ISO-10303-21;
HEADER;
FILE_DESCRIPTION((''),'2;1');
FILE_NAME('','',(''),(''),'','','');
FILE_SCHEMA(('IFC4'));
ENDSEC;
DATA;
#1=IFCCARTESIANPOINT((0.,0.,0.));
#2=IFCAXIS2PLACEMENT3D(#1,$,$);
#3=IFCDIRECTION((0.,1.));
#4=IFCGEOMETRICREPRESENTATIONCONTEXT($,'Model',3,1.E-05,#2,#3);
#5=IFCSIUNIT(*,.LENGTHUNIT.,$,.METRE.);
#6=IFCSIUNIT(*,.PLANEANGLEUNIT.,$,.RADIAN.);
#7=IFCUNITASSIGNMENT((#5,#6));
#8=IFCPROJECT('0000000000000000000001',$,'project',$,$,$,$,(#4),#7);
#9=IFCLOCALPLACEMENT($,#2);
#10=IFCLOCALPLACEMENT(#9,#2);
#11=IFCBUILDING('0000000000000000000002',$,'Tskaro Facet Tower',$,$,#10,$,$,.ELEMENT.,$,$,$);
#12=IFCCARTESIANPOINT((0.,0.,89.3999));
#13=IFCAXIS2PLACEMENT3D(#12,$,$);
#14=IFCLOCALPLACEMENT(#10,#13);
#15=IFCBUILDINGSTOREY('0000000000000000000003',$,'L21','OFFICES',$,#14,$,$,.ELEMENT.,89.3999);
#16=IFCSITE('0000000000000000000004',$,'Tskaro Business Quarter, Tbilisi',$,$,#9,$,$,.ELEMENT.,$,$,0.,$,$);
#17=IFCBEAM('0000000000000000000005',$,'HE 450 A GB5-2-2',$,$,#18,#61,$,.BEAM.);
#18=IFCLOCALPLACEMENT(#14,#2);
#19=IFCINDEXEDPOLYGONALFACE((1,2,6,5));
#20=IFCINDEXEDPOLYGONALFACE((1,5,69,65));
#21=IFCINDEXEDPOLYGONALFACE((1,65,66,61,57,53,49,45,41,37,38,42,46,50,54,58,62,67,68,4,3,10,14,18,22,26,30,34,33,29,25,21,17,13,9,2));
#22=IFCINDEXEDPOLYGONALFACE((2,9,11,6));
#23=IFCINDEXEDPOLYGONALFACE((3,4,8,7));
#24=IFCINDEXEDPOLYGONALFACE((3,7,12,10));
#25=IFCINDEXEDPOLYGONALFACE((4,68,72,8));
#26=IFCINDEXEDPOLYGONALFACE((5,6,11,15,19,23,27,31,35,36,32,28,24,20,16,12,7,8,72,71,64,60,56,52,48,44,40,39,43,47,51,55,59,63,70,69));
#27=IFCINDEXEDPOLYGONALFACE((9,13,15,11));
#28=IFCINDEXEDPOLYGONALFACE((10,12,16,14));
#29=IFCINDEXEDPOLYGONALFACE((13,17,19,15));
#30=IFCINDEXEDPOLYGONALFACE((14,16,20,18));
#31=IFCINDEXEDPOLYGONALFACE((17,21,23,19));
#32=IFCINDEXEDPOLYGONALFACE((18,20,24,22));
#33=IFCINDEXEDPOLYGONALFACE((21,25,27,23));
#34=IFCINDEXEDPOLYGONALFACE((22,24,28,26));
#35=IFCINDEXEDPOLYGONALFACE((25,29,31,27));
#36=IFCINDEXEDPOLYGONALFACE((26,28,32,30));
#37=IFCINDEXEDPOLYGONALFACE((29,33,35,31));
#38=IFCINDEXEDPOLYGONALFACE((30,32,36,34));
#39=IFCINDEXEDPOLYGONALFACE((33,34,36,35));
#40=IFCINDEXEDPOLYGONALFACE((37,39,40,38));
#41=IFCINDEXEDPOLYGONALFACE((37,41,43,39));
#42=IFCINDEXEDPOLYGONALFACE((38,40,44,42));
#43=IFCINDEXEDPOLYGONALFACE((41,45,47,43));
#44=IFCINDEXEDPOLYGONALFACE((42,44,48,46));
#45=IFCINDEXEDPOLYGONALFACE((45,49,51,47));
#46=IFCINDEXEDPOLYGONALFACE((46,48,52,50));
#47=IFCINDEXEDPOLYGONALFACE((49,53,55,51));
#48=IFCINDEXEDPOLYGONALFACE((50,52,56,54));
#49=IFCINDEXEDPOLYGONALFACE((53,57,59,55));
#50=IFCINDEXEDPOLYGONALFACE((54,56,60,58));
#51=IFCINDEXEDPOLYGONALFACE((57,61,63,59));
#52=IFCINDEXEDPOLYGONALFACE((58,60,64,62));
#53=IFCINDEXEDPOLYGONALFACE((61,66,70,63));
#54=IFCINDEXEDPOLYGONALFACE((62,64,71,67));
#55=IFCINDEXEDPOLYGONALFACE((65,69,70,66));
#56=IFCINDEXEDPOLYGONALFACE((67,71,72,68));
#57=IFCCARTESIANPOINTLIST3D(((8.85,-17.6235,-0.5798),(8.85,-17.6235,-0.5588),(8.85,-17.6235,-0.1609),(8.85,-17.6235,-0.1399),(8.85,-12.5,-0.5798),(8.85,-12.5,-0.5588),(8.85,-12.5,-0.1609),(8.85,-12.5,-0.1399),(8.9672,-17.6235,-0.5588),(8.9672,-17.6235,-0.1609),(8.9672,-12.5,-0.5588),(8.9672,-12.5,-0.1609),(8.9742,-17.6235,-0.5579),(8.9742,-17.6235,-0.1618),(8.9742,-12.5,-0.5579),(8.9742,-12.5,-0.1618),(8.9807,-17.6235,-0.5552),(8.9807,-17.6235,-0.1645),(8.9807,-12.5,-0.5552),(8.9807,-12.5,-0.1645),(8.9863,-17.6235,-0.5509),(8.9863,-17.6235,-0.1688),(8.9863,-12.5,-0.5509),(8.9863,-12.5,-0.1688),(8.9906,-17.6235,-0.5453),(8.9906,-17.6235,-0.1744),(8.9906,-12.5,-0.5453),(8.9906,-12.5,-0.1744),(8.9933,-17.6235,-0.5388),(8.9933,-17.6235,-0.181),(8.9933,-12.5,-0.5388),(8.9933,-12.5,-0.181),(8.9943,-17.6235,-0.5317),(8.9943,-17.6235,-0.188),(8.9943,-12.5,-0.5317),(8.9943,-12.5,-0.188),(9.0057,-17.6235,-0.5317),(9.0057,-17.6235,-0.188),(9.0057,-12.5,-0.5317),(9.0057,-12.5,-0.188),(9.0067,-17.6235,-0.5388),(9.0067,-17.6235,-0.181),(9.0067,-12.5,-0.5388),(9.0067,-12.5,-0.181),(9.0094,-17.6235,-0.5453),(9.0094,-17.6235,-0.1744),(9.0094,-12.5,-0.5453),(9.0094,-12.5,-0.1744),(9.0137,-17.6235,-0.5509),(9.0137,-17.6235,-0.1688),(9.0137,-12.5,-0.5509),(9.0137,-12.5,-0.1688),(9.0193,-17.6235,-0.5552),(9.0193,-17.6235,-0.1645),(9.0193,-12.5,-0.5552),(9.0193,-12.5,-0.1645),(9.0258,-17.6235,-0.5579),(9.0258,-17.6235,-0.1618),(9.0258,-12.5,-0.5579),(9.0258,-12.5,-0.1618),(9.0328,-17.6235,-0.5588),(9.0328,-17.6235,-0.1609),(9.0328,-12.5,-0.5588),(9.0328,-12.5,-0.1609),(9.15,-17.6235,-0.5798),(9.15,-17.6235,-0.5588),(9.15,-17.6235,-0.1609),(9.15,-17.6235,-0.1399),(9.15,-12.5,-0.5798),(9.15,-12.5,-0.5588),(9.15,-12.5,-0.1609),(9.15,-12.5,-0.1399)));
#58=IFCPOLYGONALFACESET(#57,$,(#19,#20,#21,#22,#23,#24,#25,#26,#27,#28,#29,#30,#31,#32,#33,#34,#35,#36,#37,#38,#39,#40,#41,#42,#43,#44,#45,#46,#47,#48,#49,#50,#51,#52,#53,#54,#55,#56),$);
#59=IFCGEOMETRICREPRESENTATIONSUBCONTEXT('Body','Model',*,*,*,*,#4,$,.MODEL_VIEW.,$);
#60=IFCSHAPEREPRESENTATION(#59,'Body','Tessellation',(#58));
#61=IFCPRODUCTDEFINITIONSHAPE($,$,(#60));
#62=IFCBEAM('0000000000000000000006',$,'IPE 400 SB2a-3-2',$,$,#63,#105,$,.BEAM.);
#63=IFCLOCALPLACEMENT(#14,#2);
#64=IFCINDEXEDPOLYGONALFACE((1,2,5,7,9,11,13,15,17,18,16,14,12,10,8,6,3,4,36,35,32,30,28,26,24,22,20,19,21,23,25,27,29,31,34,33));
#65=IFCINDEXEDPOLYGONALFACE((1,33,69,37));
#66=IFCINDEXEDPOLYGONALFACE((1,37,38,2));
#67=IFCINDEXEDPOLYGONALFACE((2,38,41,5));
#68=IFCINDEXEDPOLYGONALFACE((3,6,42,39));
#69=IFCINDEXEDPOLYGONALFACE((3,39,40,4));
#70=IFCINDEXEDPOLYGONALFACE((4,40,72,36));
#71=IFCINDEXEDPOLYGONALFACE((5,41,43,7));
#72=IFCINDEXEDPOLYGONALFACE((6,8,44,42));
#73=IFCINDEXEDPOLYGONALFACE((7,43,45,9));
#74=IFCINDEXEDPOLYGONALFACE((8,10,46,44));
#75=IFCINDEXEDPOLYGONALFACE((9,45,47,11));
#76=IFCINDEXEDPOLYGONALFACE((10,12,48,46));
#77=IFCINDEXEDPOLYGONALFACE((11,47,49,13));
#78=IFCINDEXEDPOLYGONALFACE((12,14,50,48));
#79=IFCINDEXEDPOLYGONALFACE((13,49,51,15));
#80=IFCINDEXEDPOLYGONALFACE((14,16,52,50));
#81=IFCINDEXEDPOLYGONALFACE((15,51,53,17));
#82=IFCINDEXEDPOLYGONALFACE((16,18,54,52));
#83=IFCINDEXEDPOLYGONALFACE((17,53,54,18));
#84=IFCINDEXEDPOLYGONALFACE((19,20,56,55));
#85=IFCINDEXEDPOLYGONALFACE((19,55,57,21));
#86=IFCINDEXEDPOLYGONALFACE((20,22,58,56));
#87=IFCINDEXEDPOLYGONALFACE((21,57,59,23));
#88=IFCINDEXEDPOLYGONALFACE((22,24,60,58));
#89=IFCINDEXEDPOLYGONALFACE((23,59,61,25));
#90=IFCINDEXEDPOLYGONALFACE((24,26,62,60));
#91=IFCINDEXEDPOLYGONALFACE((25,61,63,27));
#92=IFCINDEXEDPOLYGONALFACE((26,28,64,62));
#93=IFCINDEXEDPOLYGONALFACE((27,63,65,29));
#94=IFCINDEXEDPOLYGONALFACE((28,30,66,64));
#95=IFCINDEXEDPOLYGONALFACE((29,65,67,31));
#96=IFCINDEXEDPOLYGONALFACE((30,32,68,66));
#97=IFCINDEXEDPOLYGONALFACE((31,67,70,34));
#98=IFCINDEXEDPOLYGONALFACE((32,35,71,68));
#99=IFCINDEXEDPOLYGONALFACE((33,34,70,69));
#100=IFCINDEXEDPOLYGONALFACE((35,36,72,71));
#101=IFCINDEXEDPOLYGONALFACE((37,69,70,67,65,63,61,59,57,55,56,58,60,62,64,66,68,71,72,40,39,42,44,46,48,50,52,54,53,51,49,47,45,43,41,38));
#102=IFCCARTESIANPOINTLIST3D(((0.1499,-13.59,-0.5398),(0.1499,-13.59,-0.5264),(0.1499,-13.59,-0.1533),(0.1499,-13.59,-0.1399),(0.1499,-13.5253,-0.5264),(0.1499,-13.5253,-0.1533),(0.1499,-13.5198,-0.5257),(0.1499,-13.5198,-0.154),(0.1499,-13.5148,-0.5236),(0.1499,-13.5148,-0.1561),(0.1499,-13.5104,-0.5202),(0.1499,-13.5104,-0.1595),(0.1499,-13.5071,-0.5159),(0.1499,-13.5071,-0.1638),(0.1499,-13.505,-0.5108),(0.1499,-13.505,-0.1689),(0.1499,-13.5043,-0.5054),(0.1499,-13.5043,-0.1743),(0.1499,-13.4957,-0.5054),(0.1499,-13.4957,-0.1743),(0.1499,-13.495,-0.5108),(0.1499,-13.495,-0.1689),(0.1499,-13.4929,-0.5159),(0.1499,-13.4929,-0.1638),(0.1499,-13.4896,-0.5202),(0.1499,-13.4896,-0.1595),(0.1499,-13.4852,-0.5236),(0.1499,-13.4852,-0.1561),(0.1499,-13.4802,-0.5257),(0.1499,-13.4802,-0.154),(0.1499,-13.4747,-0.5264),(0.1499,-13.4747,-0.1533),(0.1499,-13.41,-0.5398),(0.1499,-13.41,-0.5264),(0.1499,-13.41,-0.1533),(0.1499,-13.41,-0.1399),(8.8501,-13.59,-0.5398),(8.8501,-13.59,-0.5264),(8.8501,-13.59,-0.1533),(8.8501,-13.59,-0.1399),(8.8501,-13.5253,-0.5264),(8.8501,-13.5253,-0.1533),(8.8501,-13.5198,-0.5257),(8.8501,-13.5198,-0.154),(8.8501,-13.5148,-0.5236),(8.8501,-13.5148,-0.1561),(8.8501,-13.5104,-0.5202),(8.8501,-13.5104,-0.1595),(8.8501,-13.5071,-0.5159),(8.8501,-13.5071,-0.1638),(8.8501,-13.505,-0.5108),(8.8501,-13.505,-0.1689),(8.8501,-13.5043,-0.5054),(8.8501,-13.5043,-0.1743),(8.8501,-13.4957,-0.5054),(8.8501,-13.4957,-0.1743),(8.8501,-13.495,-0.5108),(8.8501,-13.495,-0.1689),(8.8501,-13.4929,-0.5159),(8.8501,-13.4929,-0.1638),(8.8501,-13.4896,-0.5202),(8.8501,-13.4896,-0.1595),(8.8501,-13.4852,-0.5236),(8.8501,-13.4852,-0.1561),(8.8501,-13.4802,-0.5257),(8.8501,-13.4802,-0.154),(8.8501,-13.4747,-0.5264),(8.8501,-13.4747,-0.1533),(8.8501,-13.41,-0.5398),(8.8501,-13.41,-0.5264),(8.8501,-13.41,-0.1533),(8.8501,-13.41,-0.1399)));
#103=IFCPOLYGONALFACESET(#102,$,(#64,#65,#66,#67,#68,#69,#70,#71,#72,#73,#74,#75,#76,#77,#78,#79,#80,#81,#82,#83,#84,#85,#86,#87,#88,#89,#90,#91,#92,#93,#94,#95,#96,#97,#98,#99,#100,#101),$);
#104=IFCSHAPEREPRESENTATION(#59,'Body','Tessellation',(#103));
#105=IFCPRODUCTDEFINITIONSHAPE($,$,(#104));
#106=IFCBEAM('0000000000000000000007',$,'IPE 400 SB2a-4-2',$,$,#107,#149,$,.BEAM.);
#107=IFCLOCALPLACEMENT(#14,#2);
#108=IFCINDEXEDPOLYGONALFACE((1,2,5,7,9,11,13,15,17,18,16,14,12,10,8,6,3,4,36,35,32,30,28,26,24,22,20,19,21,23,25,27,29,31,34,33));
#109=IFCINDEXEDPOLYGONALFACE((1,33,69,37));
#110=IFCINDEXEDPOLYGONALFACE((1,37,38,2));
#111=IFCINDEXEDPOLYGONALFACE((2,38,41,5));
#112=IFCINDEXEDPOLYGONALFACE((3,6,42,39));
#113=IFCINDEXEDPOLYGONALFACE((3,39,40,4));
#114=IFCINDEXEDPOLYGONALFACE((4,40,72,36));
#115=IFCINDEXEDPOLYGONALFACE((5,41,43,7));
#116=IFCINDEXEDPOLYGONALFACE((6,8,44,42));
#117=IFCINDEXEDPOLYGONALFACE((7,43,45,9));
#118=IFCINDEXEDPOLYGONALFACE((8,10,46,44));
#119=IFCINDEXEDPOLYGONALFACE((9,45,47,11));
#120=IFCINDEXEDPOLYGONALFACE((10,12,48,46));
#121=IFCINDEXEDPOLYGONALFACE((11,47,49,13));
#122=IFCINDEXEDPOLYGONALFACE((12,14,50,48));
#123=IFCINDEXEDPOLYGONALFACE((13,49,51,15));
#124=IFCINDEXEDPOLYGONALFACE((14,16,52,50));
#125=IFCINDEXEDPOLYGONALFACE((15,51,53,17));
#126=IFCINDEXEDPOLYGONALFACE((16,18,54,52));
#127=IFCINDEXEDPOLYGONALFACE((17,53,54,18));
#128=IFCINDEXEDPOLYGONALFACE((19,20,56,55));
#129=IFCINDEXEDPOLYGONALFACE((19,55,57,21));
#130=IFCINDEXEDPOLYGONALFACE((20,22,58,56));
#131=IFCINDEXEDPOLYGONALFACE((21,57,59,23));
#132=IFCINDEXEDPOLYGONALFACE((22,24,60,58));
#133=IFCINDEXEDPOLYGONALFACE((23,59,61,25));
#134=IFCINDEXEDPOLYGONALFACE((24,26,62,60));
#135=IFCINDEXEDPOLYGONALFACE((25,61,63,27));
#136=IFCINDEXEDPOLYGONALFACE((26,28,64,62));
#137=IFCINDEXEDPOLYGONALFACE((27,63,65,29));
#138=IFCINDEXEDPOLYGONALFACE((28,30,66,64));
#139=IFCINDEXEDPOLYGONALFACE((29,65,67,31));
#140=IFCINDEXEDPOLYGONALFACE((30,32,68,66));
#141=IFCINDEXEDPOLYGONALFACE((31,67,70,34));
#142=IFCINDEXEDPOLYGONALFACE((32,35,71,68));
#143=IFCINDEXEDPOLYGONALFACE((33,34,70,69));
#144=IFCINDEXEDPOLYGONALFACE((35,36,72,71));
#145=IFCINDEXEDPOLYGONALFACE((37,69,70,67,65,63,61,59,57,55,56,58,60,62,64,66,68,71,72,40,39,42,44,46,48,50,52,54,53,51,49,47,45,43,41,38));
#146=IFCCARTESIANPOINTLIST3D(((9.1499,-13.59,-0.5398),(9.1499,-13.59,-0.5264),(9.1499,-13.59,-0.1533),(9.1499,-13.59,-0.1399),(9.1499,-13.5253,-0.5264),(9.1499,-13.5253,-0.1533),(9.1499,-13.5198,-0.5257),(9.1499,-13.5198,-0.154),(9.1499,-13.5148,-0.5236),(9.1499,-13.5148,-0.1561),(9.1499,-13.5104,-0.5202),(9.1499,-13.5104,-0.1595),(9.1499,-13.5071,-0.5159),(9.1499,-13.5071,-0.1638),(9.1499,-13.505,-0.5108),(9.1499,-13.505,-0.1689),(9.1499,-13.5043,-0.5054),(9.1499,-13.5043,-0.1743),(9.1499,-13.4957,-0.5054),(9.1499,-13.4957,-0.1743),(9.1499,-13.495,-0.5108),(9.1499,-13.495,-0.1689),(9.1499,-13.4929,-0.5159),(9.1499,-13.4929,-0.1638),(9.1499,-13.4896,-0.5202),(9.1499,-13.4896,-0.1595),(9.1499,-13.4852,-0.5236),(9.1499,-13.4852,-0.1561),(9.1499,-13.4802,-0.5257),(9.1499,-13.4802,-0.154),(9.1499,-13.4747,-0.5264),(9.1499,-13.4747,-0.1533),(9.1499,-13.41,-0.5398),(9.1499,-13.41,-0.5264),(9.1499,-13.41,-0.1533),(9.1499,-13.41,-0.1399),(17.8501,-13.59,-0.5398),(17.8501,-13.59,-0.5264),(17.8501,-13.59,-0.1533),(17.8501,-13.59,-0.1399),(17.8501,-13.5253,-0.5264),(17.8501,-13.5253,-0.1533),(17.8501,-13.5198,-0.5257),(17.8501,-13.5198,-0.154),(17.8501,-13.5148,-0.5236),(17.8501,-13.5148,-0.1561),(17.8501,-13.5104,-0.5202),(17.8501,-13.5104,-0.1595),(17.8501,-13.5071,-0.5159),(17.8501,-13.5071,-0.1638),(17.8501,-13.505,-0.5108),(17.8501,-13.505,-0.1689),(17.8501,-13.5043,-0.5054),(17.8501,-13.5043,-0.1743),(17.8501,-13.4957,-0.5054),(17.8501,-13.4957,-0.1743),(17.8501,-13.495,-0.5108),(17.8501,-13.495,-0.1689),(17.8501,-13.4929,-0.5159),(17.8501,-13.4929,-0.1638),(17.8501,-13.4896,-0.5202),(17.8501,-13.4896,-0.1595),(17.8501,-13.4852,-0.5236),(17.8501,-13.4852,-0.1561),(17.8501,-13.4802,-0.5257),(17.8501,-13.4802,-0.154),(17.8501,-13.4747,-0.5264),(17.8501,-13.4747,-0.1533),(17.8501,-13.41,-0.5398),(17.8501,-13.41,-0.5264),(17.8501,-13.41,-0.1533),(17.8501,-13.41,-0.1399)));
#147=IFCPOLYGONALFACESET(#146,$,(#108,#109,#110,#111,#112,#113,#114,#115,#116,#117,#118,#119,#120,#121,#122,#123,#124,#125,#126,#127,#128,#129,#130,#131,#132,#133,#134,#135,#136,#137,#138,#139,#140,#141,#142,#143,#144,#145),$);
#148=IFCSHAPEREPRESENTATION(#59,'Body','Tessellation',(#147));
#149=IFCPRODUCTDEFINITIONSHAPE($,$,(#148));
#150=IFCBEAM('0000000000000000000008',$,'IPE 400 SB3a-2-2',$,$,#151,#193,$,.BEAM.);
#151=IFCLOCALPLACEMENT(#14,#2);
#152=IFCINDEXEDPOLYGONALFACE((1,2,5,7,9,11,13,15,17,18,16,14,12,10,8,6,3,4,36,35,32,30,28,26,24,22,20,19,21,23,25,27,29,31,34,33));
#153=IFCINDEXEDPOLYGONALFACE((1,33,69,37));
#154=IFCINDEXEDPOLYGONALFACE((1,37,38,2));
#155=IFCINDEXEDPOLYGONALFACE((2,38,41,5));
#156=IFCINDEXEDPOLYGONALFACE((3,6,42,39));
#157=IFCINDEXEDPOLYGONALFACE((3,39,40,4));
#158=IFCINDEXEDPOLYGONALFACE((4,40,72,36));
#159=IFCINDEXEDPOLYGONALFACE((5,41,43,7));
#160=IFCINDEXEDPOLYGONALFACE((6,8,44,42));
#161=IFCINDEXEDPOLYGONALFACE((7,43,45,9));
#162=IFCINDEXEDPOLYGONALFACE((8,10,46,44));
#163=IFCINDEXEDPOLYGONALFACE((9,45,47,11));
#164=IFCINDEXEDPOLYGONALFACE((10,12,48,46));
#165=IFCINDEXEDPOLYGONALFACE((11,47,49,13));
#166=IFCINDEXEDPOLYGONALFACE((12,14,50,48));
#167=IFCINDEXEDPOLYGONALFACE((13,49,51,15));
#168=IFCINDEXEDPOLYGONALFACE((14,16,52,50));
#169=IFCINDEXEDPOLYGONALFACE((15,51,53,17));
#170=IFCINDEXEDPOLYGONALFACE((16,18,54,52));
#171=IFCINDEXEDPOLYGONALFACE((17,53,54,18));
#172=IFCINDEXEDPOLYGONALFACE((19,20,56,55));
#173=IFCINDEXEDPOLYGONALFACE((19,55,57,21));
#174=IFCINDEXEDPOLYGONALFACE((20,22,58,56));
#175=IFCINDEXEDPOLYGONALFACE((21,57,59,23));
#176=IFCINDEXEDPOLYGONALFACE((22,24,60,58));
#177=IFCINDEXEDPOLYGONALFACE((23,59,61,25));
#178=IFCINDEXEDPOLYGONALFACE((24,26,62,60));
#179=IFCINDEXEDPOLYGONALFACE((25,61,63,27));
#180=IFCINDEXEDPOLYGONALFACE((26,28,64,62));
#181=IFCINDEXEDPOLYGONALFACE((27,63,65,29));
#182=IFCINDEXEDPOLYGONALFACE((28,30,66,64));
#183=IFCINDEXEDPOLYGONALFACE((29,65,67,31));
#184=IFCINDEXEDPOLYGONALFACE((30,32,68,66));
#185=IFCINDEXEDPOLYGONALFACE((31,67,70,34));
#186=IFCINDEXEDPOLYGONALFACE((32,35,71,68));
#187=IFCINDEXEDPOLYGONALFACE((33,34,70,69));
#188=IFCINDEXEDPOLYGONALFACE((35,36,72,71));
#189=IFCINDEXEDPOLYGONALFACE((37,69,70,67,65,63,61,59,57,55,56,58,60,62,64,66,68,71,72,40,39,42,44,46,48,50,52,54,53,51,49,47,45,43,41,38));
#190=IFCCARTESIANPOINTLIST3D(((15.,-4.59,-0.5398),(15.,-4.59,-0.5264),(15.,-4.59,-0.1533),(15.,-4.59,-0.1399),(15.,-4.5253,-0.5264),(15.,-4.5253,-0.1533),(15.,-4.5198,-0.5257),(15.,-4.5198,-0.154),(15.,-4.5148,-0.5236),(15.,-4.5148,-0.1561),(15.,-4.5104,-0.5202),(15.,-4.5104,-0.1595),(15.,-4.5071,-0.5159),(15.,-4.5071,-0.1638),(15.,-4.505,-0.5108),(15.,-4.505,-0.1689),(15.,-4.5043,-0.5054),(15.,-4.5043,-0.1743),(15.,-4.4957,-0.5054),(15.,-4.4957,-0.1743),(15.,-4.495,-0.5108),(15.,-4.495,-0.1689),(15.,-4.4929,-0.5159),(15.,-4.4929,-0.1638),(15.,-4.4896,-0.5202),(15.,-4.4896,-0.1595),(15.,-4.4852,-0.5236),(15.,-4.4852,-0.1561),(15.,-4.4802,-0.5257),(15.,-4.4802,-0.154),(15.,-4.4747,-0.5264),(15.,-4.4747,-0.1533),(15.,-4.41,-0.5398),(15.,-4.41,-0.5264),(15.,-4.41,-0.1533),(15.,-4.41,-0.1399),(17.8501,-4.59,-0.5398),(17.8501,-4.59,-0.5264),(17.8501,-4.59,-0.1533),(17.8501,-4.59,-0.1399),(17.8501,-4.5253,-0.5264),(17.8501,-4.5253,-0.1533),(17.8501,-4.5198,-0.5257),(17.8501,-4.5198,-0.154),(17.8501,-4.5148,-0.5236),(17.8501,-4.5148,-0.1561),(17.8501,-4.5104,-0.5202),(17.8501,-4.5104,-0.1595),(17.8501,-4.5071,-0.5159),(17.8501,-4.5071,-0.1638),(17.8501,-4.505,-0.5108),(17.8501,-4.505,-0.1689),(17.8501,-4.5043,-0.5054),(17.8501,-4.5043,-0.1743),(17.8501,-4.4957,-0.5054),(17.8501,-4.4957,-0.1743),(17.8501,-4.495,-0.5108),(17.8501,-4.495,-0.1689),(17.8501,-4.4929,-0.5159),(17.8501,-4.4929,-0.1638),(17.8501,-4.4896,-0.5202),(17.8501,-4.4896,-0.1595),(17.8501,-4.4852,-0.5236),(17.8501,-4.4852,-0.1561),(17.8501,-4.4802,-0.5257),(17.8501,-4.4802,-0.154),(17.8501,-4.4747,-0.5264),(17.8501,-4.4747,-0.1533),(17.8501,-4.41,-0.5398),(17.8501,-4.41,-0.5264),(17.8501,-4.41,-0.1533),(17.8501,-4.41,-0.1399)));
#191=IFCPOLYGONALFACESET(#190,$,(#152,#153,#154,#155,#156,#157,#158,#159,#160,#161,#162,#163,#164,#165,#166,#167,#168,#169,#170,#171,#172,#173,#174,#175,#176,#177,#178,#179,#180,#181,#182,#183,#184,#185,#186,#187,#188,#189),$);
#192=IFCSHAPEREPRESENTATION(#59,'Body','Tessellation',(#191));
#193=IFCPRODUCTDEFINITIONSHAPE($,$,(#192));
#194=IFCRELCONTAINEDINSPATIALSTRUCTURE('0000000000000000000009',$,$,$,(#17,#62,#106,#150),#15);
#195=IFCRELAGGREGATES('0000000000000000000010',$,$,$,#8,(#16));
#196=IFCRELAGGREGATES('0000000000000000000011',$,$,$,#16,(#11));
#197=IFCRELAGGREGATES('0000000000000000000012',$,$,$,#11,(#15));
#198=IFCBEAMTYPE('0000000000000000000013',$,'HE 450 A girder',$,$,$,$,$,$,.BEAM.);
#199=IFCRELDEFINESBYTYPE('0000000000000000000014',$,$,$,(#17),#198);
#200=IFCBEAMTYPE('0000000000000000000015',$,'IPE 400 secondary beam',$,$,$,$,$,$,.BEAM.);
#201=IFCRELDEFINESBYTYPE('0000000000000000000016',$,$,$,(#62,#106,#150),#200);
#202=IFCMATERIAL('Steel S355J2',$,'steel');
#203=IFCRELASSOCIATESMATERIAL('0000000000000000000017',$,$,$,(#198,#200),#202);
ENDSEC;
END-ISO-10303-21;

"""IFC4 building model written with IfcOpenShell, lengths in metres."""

from ifc_helpers import new_model, si_unit, direction, frame, origin, origin_2d, place, context, subcontext, project, spatial, i_section, extrude, material, material_profile, profile_set, type_object, element, save


model = new_model("IFC4")

# Units and contexts
model_context = context("Model", 3, precision=1e-05, world=origin(), true_north=direction((0.0, 1.0)))
body_context = subcontext(model_context, "Body", "Model", "MODEL_VIEW")
ifc_project = project(units=[si_unit("LENGTHUNIT", "METRE"), si_unit("PLANEANGLEUNIT", "RADIAN")], contexts=[model_context])

# Site, building, storey
site_placement = place(None, origin())
site = spatial("IfcSite", under=ifc_project, at=site_placement, Name="Tskaro Business Quarter, Tbilisi", CompositionType="ELEMENT", RefElevation=0.0)
building_placement = place(site_placement, origin())
building = spatial("IfcBuilding", under=site, at=building_placement, Name="Tskaro Facet Tower", CompositionType="ELEMENT")
storey_placement = place(building_placement, frame((0.0, 0.0, 89.3999)))
storey = spatial("IfcBuildingStorey", under=building, at=storey_placement, Name="L21", Description="OFFICES", CompositionType="ELEMENT", Elevation=89.3999)

# Beams
ifc_material_1 = material(Name="Steel S355J2", Category="steel")
ifc_material_profile_1 = material_profile(ifc_material_1, i_section(OverallWidth=0.3, OverallDepth=0.4399, WebThickness=0.0115, FlangeThickness=0.021, FilletRadius=0.0271, at=origin_2d()), Name="HE 450 A")
ifc_profile_set_1 = profile_set([ifc_material_profile_1], Name="Steel S355J2")
beam_type_1 = type_object("IfcBeamType", Name="HE 450 A girder", PredefinedType="BEAM", material=ifc_profile_set_1)
beam_1_placement = place(storey_placement, frame((9.0, -17.6235, -0.3599), z_axis=(0.0, 1.0, 0.0), x_axis=(-1.0, 0.0, 0.0)))
element("IfcBeam", 1, at=beam_1_placement, inside=storey, type_object=beam_type_1, Name="HE 450 A GB5-2-2", PredefinedType="BEAM", context=body_context, shape_type="SweptSolid", body=[
    extrude(i_section(OverallWidth=0.3, OverallDepth=0.4399, WebThickness=0.0115, FlangeThickness=0.021, FilletRadius=0.0271, at=origin_2d()), origin(), (0.0, 0.0, 1.0), 5.1235),
])
ifc_material_profile_2 = material_profile(ifc_material_1, i_section(OverallWidth=0.1799, OverallDepth=0.3999, WebThickness=0.0085, FlangeThickness=0.0134, FilletRadius=0.021, at=origin_2d()), Name="IPE 400")
ifc_profile_set_2 = profile_set([ifc_material_profile_2], Name="Steel S355J2")
beam_type_2 = type_object("IfcBeamType", Name="IPE 400 secondary beam", PredefinedType="BEAM", material=ifc_profile_set_2)
for number, where, z_axis, x_axis, name in (
    (2, (0.1499, -13.5, -0.3398), (1.0, 0.0, 0.0), (0.0, 1.0, 0.0), "IPE 400 SB2a-3-2"),
    (3, (9.1499, -13.5, -0.3398), (1.0, 0.0, 0.0), (0.0, 1.0, 0.0), "IPE 400 SB2a-4-2"),
):
    element("IfcBeam", number, at=place(storey_placement, frame(where, z_axis=z_axis, x_axis=x_axis)), inside=storey, type_object=beam_type_2, Name=name, PredefinedType="BEAM", context=body_context, shape_type="SweptSolid", body=[
        extrude(i_section(OverallWidth=0.1799, OverallDepth=0.3999, WebThickness=0.0085, FlangeThickness=0.0134, FilletRadius=0.021, at=origin_2d()), origin(), (0.0, 0.0, 1.0), 8.7002),
    ])
beam_2_placement = place(storey_placement, frame((15.0, -4.5, -0.3398), z_axis=(1.0, 0.0, 0.0), x_axis=(0.0, 1.0, 0.0)))
element("IfcBeam", 4, at=beam_2_placement, inside=storey, type_object=beam_type_2, Name="IPE 400 SB3a-2-2", PredefinedType="BEAM", context=body_context, shape_type="SweptSolid", body=[
    extrude(i_section(OverallWidth=0.1799, OverallDepth=0.3999, WebThickness=0.0085, FlangeThickness=0.0134, FilletRadius=0.021, at=origin_2d()), origin(), (0.0, 0.0, 1.0), 2.8501),
])

save(model, "model.ifc")
